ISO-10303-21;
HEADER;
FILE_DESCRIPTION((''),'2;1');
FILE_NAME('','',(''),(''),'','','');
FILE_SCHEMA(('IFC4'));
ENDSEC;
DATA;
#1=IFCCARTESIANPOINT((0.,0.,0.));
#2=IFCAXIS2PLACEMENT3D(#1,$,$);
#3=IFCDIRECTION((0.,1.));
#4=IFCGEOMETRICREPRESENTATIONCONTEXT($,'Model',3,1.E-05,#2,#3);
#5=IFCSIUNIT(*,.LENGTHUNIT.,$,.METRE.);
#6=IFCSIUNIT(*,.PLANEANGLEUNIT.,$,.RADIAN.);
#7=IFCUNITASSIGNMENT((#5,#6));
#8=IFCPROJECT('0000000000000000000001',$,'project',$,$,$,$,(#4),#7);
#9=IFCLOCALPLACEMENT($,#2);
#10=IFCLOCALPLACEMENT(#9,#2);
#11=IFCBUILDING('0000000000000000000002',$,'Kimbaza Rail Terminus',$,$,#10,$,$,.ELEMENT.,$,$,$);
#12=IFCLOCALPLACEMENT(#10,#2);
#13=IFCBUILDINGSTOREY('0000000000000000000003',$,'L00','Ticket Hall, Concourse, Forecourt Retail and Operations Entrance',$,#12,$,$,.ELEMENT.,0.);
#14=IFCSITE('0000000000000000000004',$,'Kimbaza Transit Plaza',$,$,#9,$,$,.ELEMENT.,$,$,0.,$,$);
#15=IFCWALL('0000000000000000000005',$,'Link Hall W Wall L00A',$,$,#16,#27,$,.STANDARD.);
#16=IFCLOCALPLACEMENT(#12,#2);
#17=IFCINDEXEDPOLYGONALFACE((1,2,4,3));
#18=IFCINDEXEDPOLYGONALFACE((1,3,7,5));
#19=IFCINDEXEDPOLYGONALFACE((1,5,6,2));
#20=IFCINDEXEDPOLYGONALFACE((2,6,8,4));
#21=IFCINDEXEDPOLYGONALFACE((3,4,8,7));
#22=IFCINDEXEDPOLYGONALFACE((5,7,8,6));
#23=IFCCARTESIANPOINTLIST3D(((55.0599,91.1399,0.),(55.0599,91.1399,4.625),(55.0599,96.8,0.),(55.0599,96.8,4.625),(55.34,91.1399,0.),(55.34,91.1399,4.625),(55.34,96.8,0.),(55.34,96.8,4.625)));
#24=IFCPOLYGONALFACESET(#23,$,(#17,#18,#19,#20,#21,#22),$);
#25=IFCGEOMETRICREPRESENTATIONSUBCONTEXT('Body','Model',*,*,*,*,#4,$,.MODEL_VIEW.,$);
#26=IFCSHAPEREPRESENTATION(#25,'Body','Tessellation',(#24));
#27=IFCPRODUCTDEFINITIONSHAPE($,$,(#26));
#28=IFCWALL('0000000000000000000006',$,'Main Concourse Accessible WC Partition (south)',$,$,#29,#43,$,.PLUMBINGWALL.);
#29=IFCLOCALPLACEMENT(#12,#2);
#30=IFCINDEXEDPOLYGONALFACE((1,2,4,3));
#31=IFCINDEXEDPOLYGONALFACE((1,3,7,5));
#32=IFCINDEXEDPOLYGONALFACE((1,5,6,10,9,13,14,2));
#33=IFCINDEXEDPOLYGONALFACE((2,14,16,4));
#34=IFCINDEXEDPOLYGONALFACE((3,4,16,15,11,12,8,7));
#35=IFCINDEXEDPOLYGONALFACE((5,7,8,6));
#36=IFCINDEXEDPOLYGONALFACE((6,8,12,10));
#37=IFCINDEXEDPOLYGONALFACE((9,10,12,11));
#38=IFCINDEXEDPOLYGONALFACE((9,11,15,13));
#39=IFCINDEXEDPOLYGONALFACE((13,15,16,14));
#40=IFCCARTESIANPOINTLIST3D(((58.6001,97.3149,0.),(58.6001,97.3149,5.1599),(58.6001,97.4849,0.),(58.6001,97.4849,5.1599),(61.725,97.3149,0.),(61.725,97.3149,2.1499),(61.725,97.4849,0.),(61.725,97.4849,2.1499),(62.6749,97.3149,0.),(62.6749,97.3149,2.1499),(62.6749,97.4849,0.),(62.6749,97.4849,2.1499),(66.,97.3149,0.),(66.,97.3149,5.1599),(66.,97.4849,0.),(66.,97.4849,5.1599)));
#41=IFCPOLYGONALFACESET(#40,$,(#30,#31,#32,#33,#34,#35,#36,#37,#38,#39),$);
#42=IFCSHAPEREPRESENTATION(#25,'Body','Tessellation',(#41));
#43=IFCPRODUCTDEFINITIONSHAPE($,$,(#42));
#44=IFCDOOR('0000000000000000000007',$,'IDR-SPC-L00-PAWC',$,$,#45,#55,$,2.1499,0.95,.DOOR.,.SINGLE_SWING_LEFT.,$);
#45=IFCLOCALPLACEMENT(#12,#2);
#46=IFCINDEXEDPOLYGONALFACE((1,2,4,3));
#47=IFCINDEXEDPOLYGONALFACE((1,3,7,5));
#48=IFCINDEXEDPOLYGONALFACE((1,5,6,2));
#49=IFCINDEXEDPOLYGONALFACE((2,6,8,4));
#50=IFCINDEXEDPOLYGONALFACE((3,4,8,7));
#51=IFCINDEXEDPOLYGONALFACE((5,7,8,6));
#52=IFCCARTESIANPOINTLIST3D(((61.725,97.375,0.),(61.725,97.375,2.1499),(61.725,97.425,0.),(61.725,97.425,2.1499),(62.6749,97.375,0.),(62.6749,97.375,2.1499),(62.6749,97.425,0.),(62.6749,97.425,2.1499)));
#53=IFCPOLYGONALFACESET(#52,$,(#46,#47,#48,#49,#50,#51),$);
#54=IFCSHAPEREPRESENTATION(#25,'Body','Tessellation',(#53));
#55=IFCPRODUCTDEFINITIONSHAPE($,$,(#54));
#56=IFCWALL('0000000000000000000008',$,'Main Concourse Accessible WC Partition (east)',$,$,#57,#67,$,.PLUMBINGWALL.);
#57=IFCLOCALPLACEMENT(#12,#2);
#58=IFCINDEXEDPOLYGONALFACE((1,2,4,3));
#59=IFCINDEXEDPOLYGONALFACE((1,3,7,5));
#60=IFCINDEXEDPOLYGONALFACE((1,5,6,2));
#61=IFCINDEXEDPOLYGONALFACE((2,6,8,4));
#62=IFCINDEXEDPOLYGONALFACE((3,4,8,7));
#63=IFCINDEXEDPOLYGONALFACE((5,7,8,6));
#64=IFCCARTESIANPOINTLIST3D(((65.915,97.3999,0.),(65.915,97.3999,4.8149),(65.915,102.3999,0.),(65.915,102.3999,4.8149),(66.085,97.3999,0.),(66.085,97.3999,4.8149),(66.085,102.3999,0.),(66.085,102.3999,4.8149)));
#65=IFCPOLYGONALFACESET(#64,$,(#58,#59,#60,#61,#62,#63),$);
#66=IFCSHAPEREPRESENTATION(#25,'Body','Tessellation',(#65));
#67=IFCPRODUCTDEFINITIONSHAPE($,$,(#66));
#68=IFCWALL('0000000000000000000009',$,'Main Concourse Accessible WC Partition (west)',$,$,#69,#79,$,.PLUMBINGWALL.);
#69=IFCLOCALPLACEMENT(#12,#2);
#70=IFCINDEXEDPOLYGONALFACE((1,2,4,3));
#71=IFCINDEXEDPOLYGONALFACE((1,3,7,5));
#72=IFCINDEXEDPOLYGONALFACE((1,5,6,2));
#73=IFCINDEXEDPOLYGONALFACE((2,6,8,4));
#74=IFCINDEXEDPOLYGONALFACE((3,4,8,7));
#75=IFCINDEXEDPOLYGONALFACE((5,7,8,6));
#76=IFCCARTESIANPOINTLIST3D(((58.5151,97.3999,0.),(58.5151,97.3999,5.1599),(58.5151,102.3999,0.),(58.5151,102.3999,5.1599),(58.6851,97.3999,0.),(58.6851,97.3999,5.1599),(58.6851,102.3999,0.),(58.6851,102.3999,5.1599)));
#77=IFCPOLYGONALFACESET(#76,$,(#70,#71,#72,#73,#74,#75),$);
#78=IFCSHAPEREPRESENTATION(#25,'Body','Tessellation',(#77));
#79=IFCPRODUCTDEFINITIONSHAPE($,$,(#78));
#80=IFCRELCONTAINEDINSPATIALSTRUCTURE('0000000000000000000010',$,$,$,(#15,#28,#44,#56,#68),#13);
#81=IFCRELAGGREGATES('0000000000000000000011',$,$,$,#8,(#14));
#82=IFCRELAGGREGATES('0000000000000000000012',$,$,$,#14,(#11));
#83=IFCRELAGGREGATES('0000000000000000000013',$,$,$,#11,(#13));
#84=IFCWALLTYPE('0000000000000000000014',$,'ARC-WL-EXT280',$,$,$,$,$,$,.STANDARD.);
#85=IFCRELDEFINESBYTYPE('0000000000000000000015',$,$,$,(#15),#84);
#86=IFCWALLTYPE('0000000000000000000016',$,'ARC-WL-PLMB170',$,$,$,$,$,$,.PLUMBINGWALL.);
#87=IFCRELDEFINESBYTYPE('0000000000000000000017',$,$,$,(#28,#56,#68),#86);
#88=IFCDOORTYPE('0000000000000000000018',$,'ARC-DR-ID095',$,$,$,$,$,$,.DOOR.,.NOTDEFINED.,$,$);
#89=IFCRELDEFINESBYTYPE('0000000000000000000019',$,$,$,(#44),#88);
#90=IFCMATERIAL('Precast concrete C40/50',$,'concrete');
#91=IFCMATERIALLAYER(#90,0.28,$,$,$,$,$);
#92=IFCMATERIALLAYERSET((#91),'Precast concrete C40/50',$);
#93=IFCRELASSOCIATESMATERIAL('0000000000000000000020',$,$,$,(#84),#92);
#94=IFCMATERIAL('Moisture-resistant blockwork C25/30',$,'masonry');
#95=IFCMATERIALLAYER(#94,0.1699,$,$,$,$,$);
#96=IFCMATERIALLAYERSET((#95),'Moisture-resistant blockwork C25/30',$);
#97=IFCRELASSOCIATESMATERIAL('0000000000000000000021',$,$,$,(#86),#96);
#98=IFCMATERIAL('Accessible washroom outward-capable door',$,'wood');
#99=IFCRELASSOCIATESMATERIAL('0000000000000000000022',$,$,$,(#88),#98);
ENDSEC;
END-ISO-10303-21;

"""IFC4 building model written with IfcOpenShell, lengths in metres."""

from ifc_helpers import new_model, si_unit, direction, frame, frame_2d, origin, place, context, subcontext, project, spatial, rectangle, extrude, material, layer, layer_set, type_object, element, fill, save


model = new_model("IFC4")

# Units and contexts
model_context = context("Model", 3, precision=1e-05, world=origin(), true_north=direction((0.0, 1.0)))
body_context = subcontext(model_context, "Body", "Model", "MODEL_VIEW")
ifc_project = project(units=[si_unit("LENGTHUNIT", "METRE"), si_unit("PLANEANGLEUNIT", "RADIAN")], contexts=[model_context])

# Site, building, storey
site_placement = place(None, origin())
site = spatial("IfcSite", under=ifc_project, at=site_placement, Name="Kimbaza Transit Plaza", CompositionType="ELEMENT", RefElevation=0.0)
building_placement = place(site_placement, origin())
building = spatial("IfcBuilding", under=site, at=building_placement, Name="Kimbaza Rail Terminus", CompositionType="ELEMENT")
storey_placement = place(building_placement, origin())
storey = spatial("IfcBuildingStorey", under=building, at=storey_placement, Name="L00", Description="Ticket Hall, Concourse, Forecourt Retail and Operations Entrance", CompositionType="ELEMENT", Elevation=0.0)

# Wall
ifc_material_1 = material(Name="Precast concrete C40/50", Category="concrete")
ifc_layer_1 = layer(ifc_material_1, 0.28)
ifc_layer_set_1 = layer_set([ifc_layer_1], Name="Precast concrete C40/50")
wall_type_1 = type_object("IfcWallType", Name="ARC-WL-EXT280", PredefinedType="STANDARD", material=ifc_layer_set_1)
wall_1_placement = place(storey_placement, frame((55.2, 91.1399, 0.0), z_axis=(0.0, 0.0, 1.0), x_axis=(0.0, 1.0, 0.0)))
element("IfcWall", 1, at=wall_1_placement, inside=storey, type_object=wall_type_1, Name="Link Hall W Wall L00A", PredefinedType="STANDARD", context=body_context, shape_type="SweptSolid", body=[
    extrude(rectangle(XDim=5.6602, YDim=0.28, at=frame_2d((2.8301, 0.0))), origin(), (0.0, 0.0, 1.0), 4.625),
])

# Wall, opening, door
ifc_material_2 = material(Name="Moisture-resistant blockwork C25/30", Category="masonry")
ifc_layer_2 = layer(ifc_material_2, 0.1699)
ifc_layer_set_2 = layer_set([ifc_layer_2], Name="Moisture-resistant blockwork C25/30")
wall_type_2 = type_object("IfcWallType", Name="ARC-WL-PLMB170", PredefinedType="PLUMBINGWALL", material=ifc_layer_set_2)
wall_2_placement = place(storey_placement, frame((58.6001, 97.3999, 0.0), z_axis=(0.0, 0.0, 1.0), x_axis=(1.0, 0.0, 0.0)))
wall_2 = element("IfcWall", 2, at=wall_2_placement, inside=storey, type_object=wall_type_2, Name="Main Concourse Accessible WC Partition (south)", PredefinedType="PLUMBINGWALL", context=body_context, shape_type="SweptSolid", body=[
    extrude(rectangle(XDim=7.3999, YDim=0.1699, at=frame_2d((3.7, 0.0))), origin(), (0.0, 0.0, 1.0), 5.1599),
])
opening_1_placement = place(wall_2_placement, frame((4.075, 0.0, 0.0), z_axis=(0.0, 0.0, 1.0), x_axis=(-1.0, 0.0, 0.0)))
opening_1 = element("IfcOpeningElement", 3, at=opening_1_placement, cuts=wall_2, PredefinedType="OPENING", context=body_context, shape_type="SweptSolid", body=[
    extrude(rectangle(XDim=0.95, YDim=2.1499, at=frame_2d((0.4751, 1.075))), frame((0.0, 0.095, 0.0), z_axis=(0.0, -1.0, 0.0), x_axis=(1.0, 0.0, 0.0)), (0.0, 0.0, 1.0), 0.1899),
])
ifc_material_3 = material(Name="Accessible washroom outward-capable door", Category="wood")
door_type_1 = type_object("IfcDoorType", Name="ARC-DR-ID095", OperationType="NOTDEFINED", PredefinedType="DOOR", material=ifc_material_3)
door_1_placement = place(opening_1_placement, origin())
door_1 = element("IfcDoor", 4, at=door_1_placement, inside=storey, type_object=door_type_1, Name="IDR-SPC-L00-PAWC", OperationType="SINGLE_SWING_LEFT", OverallHeight=2.1499, OverallWidth=0.95, PredefinedType="DOOR", context=body_context, shape_type="SweptSolid", body=[
    extrude(rectangle(XDim=0.95, YDim=2.1499, at=frame_2d((0.4751, 1.075))), frame((0.0, 0.0249, 0.0), z_axis=(0.0, -1.0, 0.0), x_axis=(1.0, 0.0, 0.0)), (0.0, 0.0, 1.0), 0.05),
])
fill(opening_1, door_1)

# Walls
wall_3_placement = place(storey_placement, frame((66.0, 97.3999, 0.0), z_axis=(0.0, 0.0, 1.0), x_axis=(0.0, 1.0, 0.0)))
element("IfcWall", 5, at=wall_3_placement, inside=storey, type_object=wall_type_2, Name="Main Concourse Accessible WC Partition (east)", PredefinedType="PLUMBINGWALL", context=body_context, shape_type="SweptSolid", body=[
    extrude(rectangle(XDim=5.0, YDim=0.1699, at=frame_2d((2.5, 0.0))), origin(), (0.0, 0.0, 1.0), 4.8149),
])
wall_4_placement = place(storey_placement, frame((58.6001, 102.3999, 0.0), z_axis=(0.0, 0.0, 1.0), x_axis=(0.0, -1.0, 0.0)))
element("IfcWall", 6, at=wall_4_placement, inside=storey, type_object=wall_type_2, Name="Main Concourse Accessible WC Partition (west)", PredefinedType="PLUMBINGWALL", context=body_context, shape_type="SweptSolid", body=[
    extrude(rectangle(XDim=5.0, YDim=0.1699, at=frame_2d((2.5, 0.0))), origin(), (0.0, 0.0, 1.0), 5.1599),
])

save(model, "model.ifc")
